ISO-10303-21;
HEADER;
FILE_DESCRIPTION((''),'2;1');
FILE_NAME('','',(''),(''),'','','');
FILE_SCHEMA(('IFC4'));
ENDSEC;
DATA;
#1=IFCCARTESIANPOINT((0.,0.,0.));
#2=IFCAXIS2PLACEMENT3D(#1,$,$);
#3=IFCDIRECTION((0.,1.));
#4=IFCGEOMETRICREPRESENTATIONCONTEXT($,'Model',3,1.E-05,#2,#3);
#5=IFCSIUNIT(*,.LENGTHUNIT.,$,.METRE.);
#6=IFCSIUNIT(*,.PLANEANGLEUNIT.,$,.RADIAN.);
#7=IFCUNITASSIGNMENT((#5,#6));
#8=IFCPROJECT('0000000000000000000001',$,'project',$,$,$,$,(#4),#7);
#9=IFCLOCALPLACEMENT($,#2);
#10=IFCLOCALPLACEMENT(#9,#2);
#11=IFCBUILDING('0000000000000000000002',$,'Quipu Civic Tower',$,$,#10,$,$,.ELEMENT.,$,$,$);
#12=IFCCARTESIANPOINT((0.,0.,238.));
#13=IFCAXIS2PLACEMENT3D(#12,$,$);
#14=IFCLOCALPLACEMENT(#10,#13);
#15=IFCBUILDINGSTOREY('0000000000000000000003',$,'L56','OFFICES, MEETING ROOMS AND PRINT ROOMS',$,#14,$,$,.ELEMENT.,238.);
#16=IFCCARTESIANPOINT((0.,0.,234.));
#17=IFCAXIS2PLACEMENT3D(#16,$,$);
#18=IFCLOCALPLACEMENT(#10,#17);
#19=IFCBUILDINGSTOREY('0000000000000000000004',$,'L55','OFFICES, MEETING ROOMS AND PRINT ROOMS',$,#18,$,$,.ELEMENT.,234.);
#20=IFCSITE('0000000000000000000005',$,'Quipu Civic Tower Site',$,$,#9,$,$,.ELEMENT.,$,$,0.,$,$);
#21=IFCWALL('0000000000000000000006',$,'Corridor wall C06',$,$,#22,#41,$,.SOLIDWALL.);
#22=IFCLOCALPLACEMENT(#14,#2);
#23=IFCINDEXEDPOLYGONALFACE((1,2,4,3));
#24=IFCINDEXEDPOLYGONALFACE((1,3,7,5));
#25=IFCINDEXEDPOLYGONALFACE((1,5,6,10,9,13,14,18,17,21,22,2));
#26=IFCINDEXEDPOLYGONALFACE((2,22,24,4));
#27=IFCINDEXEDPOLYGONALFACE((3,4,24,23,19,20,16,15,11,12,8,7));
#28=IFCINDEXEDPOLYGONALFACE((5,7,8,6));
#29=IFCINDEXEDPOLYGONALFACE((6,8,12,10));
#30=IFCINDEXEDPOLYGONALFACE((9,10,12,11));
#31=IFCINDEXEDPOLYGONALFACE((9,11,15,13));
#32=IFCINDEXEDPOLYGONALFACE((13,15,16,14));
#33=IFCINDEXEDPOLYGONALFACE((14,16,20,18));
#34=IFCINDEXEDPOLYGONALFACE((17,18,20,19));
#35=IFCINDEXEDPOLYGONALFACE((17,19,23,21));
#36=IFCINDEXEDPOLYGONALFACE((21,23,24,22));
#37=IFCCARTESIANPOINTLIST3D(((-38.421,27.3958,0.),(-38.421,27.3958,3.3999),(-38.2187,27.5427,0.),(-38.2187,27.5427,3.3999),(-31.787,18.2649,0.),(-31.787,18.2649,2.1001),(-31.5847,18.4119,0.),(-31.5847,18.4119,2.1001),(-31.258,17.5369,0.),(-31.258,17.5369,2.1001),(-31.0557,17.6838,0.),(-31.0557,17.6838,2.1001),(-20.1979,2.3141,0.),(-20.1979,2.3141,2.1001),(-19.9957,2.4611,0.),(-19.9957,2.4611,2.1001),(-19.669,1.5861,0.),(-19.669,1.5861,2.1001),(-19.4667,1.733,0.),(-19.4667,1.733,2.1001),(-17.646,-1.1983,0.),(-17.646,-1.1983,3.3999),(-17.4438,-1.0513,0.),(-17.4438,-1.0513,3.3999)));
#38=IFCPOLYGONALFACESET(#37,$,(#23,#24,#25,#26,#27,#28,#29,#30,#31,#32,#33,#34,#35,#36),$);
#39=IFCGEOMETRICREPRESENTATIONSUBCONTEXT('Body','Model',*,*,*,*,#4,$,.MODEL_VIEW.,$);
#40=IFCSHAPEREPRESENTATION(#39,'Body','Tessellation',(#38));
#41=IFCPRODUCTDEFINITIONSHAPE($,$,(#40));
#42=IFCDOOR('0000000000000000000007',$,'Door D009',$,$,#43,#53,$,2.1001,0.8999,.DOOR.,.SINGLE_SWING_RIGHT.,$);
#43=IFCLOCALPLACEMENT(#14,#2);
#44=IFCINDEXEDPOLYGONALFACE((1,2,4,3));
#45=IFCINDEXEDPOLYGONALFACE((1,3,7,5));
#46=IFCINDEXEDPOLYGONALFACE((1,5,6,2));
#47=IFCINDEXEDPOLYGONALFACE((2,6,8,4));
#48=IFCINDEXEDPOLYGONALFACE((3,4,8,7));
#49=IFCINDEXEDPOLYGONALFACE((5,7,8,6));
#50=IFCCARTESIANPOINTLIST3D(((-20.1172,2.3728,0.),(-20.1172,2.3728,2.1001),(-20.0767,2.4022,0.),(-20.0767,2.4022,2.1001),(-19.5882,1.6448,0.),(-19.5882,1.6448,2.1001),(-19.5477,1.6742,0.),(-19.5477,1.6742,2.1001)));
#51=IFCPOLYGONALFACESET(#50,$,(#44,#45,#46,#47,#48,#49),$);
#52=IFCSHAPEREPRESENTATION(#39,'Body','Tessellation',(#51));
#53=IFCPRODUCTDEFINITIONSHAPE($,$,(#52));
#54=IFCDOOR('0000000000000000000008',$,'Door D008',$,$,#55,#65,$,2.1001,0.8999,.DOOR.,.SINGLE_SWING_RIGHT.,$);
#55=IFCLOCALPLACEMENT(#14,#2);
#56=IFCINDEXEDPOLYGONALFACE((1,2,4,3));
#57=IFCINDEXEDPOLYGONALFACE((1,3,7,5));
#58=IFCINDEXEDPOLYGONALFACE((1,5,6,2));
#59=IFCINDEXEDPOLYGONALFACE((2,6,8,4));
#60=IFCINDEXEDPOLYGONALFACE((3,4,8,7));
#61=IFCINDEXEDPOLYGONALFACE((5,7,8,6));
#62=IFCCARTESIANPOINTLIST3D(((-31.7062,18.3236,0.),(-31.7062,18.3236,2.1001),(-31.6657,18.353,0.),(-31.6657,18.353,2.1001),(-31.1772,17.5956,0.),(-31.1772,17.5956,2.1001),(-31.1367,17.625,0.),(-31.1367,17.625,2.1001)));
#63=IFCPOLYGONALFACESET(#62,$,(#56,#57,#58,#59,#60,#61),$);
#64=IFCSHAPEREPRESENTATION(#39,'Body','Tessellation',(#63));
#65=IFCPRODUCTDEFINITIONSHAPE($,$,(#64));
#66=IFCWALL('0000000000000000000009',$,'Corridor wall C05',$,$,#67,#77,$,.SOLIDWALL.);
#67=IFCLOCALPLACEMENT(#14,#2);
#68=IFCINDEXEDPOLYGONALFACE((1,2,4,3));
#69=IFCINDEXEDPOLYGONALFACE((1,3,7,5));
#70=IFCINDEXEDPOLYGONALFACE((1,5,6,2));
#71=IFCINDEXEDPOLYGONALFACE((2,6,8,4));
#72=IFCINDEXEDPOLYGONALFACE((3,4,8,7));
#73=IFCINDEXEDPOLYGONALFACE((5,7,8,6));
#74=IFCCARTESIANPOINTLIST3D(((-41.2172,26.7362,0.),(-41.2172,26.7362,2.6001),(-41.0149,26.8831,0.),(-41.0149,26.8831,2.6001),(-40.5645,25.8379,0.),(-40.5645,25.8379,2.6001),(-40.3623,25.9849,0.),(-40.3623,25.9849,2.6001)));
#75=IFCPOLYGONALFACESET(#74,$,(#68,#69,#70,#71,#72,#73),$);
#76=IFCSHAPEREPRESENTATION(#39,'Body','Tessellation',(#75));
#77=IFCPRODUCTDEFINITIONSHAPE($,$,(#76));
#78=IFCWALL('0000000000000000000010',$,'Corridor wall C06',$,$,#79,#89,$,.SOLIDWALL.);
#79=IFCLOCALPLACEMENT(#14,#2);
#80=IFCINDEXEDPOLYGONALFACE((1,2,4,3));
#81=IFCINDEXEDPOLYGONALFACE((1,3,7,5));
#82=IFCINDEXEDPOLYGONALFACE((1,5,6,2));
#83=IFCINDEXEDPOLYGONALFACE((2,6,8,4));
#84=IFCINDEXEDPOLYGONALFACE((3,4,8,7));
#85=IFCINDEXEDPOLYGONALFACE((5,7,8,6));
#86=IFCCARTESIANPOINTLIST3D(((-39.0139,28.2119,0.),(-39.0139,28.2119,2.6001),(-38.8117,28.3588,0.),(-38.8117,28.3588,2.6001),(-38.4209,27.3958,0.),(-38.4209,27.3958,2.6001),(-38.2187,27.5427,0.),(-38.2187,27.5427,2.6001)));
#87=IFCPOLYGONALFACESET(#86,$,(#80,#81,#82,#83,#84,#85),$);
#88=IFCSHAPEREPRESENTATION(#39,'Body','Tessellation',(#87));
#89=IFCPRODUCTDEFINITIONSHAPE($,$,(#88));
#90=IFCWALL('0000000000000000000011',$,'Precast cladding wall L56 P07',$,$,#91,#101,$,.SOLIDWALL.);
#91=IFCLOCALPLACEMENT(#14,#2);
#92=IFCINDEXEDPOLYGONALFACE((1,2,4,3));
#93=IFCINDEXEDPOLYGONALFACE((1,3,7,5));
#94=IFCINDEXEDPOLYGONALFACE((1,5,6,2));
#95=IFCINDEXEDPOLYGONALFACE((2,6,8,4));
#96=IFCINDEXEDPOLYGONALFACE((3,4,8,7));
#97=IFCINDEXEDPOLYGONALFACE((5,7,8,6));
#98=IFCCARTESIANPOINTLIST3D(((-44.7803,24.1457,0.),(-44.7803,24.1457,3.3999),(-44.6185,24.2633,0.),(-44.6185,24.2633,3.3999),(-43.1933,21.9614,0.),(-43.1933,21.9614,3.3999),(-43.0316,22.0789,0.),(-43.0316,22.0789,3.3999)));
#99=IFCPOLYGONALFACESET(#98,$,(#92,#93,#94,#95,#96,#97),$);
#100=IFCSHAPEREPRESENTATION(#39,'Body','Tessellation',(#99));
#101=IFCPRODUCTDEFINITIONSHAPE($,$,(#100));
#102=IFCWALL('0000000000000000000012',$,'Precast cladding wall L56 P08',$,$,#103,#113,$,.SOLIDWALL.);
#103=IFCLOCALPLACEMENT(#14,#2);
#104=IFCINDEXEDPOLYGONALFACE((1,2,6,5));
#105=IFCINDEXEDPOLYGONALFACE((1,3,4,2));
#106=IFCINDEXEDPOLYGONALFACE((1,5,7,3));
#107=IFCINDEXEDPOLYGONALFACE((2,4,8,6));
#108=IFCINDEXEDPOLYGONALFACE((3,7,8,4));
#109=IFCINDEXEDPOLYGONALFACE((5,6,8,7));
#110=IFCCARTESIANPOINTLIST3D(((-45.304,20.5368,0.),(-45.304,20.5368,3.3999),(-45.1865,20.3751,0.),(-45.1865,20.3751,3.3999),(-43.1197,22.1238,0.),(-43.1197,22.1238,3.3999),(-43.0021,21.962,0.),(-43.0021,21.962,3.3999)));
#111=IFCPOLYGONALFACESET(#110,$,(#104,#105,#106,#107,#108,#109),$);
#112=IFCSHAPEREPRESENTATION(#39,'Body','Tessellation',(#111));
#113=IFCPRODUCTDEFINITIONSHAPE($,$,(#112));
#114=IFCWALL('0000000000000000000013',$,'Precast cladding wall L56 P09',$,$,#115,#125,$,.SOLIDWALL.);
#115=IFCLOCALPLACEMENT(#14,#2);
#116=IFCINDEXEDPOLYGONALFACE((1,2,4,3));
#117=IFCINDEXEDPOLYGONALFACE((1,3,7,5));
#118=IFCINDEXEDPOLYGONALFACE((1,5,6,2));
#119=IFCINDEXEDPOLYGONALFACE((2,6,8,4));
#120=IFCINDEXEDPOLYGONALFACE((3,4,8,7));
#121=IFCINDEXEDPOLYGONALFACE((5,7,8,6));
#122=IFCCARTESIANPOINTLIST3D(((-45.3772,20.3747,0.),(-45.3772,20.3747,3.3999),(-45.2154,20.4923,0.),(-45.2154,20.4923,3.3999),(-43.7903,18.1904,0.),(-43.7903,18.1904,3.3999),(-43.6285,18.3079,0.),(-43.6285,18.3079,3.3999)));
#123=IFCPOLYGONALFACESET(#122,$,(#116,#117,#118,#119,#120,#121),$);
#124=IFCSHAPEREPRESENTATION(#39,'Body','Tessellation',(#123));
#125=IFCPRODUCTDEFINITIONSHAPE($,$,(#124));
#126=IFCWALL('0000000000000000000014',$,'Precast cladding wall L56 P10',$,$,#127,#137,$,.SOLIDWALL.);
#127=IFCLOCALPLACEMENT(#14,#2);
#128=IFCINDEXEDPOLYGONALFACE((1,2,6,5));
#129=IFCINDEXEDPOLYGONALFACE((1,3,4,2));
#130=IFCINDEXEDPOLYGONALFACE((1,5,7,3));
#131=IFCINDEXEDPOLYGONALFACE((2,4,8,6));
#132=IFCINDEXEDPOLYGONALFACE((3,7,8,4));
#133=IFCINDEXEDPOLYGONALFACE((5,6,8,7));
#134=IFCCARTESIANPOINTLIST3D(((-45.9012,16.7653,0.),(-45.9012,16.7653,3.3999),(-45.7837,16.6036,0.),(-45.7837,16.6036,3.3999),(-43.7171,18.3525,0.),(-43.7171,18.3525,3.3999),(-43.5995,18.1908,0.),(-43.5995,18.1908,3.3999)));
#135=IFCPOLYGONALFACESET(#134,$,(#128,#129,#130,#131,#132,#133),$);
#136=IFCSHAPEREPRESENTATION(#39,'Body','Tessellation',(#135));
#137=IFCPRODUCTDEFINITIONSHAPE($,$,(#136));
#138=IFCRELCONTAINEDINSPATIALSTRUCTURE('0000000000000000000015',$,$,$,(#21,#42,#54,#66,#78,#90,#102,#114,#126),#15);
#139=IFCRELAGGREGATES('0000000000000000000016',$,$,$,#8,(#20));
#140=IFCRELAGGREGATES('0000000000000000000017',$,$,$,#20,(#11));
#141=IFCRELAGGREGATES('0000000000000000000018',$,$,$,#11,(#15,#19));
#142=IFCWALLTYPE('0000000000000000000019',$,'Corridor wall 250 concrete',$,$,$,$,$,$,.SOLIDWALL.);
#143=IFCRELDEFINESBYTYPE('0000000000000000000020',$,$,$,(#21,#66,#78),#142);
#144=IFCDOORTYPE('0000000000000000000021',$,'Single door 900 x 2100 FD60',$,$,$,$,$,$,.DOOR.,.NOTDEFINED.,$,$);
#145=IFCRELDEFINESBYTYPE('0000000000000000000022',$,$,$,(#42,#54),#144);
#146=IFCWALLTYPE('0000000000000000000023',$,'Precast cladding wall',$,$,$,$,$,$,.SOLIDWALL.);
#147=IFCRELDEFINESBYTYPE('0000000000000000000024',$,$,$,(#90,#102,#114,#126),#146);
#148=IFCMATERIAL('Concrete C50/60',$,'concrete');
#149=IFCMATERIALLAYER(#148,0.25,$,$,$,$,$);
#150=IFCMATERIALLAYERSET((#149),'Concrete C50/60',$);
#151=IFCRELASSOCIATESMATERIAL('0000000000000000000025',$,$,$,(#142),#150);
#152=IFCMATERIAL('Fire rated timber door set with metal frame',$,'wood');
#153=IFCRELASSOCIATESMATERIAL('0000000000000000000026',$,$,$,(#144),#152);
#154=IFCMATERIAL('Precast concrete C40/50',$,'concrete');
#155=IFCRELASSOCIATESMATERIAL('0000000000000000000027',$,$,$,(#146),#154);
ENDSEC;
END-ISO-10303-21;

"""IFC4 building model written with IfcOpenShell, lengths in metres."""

from ifc_helpers import new_model, si_unit, direction, frame, frame_2d, origin, place, context, subcontext, project, spatial, rectangle, extrude, material, layer, layer_set, type_object, element, fill, save


model = new_model("IFC4")

# Units and contexts
model_context = context("Model", 3, precision=1e-05, world=origin(), true_north=direction((0.0, 1.0)))
body_context = subcontext(model_context, "Body", "Model", "MODEL_VIEW")
ifc_project = project(units=[si_unit("LENGTHUNIT", "METRE"), si_unit("PLANEANGLEUNIT", "RADIAN")], contexts=[model_context])

# Site, building, storey
site_placement = place(None, origin())
site = spatial("IfcSite", under=ifc_project, at=site_placement, Name="Quipu Civic Tower Site", CompositionType="ELEMENT", RefElevation=0.0)
building_placement = place(site_placement, origin())
building = spatial("IfcBuilding", under=site, at=building_placement, Name="Quipu Civic Tower", CompositionType="ELEMENT")
storey_1_placement = place(building_placement, frame((0.0, 0.0, 238.0)))
storey_1 = spatial("IfcBuildingStorey", under=building, at=storey_1_placement, Name="L56", Description="OFFICES, MEETING ROOMS AND PRINT ROOMS", CompositionType="ELEMENT", Elevation=238.0)

# Shared definitions
storey_2_placement = place(building_placement, frame((0.0, 0.0, 234.0)))
storey_2 = spatial("IfcBuildingStorey", under=building, at=storey_2_placement, Name="L55", Description="OFFICES, MEETING ROOMS AND PRINT ROOMS", CompositionType="ELEMENT", Elevation=234.0)

# Wall, openings, doors
ifc_material_1 = material(Name="Concrete C50/60", Category="concrete")
ifc_layer_1 = layer(ifc_material_1, 0.25)
ifc_layer_set_1 = layer_set([ifc_layer_1], Name="Concrete C50/60")
wall_type_1 = type_object("IfcWallType", Name="Corridor wall 250 concrete", PredefinedType="SOLIDWALL", material=ifc_layer_set_1)
wall_1_placement = place(storey_1_placement, frame((-38.3198, 27.4692, 0.0), z_axis=(0.0, 0.0, 1.0), x_axis=(0.587788, -0.809015, 0.0)))
wall_1 = element("IfcWall", 1, at=wall_1_placement, inside=storey_1, type_object=wall_type_1, Name="Corridor wall C06", PredefinedType="SOLIDWALL", context=body_context, shape_type="SweptSolid", body=[
    extrude(rectangle(XDim=35.3442, YDim=0.25, at=frame_2d((17.6721, 0.0))), origin(), (0.0, 0.0, 1.0), 3.3999),
])
opening_1_placement = place(wall_1_placement, frame((31.0027, 0.0, 0.0)))
opening_1 = element("IfcOpeningElement", 2, at=opening_1_placement, cuts=wall_1, PredefinedType="OPENING", context=body_context, shape_type="SweptSolid", body=[
    extrude(rectangle(XDim=0.8999, YDim=2.1001, at=frame_2d((0.45, 1.05))), frame((0.0, 0.135, 0.0), z_axis=(0.0, -1.0, 0.0), x_axis=(1.0, 0.0, 0.0)), (0.0, 0.0, 1.0), 0.27),
])
opening_2_placement = place(wall_1_placement, frame((11.2864, 0.0, 0.0)))
opening_2 = element("IfcOpeningElement", 3, at=opening_2_placement, cuts=wall_1, PredefinedType="OPENING", context=body_context, shape_type="SweptSolid", body=[
    extrude(rectangle(XDim=0.8999, YDim=2.1001, at=frame_2d((0.45, 1.05))), frame((0.0, 0.135, 0.0), z_axis=(0.0, -1.0, 0.0), x_axis=(1.0, 0.0, 0.0)), (0.0, 0.0, 1.0), 0.27),
])
ifc_material_2 = material(Name="Fire rated timber door set with metal frame", Category="wood")
door_type = type_object("IfcDoorType", Name="Single door 900 x 2100 FD60", OperationType="NOTDEFINED", PredefinedType="DOOR", material=ifc_material_2)
door_1_placement = place(opening_1_placement, origin())
door_1 = element("IfcDoor", 4, at=door_1_placement, inside=storey_1, type_object=door_type, Name="Door D009", OperationType="SINGLE_SWING_RIGHT", OverallHeight=2.1001, OverallWidth=0.8999, PredefinedType="DOOR", context=body_context, shape_type="SweptSolid", body=[
    extrude(rectangle(XDim=0.8999, YDim=2.1001, at=frame_2d((0.45, 1.05))), frame((0.0, 0.0249, 0.0), z_axis=(0.0, -1.0, 0.0), x_axis=(1.0, 0.0, 0.0)), (0.0, 0.0, 1.0), 0.05),
])
fill(opening_1, door_1)
door_2_placement = place(opening_2_placement, origin())
door_2 = element("IfcDoor", 5, at=door_2_placement, inside=storey_1, type_object=door_type, Name="Door D008", OperationType="SINGLE_SWING_RIGHT", OverallHeight=2.1001, OverallWidth=0.8999, PredefinedType="DOOR", context=body_context, shape_type="SweptSolid", body=[
    extrude(rectangle(XDim=0.8999, YDim=2.1001, at=frame_2d((0.45, 1.05))), frame((0.0, 0.0249, 0.0), z_axis=(0.0, -1.0, 0.0), x_axis=(1.0, 0.0, 0.0)), (0.0, 0.0, 1.0), 0.05),
])
fill(opening_2, door_2)

# Walls
wall_2_placement = place(storey_1_placement, frame((-40.4634, 25.9114, 0.0), z_axis=(0.0, 0.0, 1.0), x_axis=(-0.587792, 0.809012, 0.0)))
element("IfcWall", 6, at=wall_2_placement, inside=storey_1, type_object=wall_type_1, Name="Corridor wall C05", PredefinedType="SOLIDWALL", context=body_context, shape_type="SweptSolid", body=[
    extrude(rectangle(XDim=1.1104, YDim=0.25, at=frame_2d((0.5552, 0.0))), origin(), (0.0, 0.0, 1.0), 2.6001),
])
wall_3_placement = place(storey_1_placement, frame((-38.3198, 27.4692, 0.0), z_axis=(0.0, 0.0, 1.0), x_axis=(-0.587812, 0.808998, 0.0)))
element("IfcWall", 7, at=wall_3_placement, inside=storey_1, type_object=wall_type_1, Name="Corridor wall C06", PredefinedType="SOLIDWALL", context=body_context, shape_type="SweptSolid", body=[
    extrude(rectangle(XDim=1.0088, YDim=0.25, at=frame_2d((0.5044, 0.0))), origin(), (0.0, 0.0, 1.0), 2.6001),
])
ifc_material_3 = material(Name="Precast concrete C40/50", Category="concrete")
wall_type_2 = type_object("IfcWallType", Name="Precast cladding wall", PredefinedType="SOLIDWALL", material=ifc_material_3)
for number, where, z_axis, x_axis, name in (
    (8, (-44.6995, 24.2046, 0.0), (0.0, 0.0, 1.0), (0.587763, -0.809033, 0.0), "Precast cladding wall L56 P07"),
    (9, (-43.0608, 22.043, 0.0), (0.0, 0.0, 1.0), (-0.809033, -0.587763, 0.0), "Precast cladding wall L56 P08"),
    (10, (-45.2964, 20.4336, 0.0), (0.0, 0.0, 1.0), (0.587763, -0.809033, 0.0), "Precast cladding wall L56 P09"),
    (11, (-43.6582, 18.2717, 0.0), (0.0, 0.0, 1.0), (-0.808959, -0.587865, 0.0), "Precast cladding wall L56 P10"),
):
    element("IfcWall", number, at=place(storey_1_placement, frame(where, z_axis=z_axis, x_axis=x_axis)), inside=storey_1, type_object=wall_type_2, Name=name, PredefinedType="SOLIDWALL", context=body_context, shape_type="SweptSolid", body=[
        extrude(rectangle(XDim=2.7, YDim=0.2, at=frame_2d((1.3501, 0.0))), origin(), (0.0, 0.0, 1.0), 3.3999),
    ])

save(model, "model.ifc")
